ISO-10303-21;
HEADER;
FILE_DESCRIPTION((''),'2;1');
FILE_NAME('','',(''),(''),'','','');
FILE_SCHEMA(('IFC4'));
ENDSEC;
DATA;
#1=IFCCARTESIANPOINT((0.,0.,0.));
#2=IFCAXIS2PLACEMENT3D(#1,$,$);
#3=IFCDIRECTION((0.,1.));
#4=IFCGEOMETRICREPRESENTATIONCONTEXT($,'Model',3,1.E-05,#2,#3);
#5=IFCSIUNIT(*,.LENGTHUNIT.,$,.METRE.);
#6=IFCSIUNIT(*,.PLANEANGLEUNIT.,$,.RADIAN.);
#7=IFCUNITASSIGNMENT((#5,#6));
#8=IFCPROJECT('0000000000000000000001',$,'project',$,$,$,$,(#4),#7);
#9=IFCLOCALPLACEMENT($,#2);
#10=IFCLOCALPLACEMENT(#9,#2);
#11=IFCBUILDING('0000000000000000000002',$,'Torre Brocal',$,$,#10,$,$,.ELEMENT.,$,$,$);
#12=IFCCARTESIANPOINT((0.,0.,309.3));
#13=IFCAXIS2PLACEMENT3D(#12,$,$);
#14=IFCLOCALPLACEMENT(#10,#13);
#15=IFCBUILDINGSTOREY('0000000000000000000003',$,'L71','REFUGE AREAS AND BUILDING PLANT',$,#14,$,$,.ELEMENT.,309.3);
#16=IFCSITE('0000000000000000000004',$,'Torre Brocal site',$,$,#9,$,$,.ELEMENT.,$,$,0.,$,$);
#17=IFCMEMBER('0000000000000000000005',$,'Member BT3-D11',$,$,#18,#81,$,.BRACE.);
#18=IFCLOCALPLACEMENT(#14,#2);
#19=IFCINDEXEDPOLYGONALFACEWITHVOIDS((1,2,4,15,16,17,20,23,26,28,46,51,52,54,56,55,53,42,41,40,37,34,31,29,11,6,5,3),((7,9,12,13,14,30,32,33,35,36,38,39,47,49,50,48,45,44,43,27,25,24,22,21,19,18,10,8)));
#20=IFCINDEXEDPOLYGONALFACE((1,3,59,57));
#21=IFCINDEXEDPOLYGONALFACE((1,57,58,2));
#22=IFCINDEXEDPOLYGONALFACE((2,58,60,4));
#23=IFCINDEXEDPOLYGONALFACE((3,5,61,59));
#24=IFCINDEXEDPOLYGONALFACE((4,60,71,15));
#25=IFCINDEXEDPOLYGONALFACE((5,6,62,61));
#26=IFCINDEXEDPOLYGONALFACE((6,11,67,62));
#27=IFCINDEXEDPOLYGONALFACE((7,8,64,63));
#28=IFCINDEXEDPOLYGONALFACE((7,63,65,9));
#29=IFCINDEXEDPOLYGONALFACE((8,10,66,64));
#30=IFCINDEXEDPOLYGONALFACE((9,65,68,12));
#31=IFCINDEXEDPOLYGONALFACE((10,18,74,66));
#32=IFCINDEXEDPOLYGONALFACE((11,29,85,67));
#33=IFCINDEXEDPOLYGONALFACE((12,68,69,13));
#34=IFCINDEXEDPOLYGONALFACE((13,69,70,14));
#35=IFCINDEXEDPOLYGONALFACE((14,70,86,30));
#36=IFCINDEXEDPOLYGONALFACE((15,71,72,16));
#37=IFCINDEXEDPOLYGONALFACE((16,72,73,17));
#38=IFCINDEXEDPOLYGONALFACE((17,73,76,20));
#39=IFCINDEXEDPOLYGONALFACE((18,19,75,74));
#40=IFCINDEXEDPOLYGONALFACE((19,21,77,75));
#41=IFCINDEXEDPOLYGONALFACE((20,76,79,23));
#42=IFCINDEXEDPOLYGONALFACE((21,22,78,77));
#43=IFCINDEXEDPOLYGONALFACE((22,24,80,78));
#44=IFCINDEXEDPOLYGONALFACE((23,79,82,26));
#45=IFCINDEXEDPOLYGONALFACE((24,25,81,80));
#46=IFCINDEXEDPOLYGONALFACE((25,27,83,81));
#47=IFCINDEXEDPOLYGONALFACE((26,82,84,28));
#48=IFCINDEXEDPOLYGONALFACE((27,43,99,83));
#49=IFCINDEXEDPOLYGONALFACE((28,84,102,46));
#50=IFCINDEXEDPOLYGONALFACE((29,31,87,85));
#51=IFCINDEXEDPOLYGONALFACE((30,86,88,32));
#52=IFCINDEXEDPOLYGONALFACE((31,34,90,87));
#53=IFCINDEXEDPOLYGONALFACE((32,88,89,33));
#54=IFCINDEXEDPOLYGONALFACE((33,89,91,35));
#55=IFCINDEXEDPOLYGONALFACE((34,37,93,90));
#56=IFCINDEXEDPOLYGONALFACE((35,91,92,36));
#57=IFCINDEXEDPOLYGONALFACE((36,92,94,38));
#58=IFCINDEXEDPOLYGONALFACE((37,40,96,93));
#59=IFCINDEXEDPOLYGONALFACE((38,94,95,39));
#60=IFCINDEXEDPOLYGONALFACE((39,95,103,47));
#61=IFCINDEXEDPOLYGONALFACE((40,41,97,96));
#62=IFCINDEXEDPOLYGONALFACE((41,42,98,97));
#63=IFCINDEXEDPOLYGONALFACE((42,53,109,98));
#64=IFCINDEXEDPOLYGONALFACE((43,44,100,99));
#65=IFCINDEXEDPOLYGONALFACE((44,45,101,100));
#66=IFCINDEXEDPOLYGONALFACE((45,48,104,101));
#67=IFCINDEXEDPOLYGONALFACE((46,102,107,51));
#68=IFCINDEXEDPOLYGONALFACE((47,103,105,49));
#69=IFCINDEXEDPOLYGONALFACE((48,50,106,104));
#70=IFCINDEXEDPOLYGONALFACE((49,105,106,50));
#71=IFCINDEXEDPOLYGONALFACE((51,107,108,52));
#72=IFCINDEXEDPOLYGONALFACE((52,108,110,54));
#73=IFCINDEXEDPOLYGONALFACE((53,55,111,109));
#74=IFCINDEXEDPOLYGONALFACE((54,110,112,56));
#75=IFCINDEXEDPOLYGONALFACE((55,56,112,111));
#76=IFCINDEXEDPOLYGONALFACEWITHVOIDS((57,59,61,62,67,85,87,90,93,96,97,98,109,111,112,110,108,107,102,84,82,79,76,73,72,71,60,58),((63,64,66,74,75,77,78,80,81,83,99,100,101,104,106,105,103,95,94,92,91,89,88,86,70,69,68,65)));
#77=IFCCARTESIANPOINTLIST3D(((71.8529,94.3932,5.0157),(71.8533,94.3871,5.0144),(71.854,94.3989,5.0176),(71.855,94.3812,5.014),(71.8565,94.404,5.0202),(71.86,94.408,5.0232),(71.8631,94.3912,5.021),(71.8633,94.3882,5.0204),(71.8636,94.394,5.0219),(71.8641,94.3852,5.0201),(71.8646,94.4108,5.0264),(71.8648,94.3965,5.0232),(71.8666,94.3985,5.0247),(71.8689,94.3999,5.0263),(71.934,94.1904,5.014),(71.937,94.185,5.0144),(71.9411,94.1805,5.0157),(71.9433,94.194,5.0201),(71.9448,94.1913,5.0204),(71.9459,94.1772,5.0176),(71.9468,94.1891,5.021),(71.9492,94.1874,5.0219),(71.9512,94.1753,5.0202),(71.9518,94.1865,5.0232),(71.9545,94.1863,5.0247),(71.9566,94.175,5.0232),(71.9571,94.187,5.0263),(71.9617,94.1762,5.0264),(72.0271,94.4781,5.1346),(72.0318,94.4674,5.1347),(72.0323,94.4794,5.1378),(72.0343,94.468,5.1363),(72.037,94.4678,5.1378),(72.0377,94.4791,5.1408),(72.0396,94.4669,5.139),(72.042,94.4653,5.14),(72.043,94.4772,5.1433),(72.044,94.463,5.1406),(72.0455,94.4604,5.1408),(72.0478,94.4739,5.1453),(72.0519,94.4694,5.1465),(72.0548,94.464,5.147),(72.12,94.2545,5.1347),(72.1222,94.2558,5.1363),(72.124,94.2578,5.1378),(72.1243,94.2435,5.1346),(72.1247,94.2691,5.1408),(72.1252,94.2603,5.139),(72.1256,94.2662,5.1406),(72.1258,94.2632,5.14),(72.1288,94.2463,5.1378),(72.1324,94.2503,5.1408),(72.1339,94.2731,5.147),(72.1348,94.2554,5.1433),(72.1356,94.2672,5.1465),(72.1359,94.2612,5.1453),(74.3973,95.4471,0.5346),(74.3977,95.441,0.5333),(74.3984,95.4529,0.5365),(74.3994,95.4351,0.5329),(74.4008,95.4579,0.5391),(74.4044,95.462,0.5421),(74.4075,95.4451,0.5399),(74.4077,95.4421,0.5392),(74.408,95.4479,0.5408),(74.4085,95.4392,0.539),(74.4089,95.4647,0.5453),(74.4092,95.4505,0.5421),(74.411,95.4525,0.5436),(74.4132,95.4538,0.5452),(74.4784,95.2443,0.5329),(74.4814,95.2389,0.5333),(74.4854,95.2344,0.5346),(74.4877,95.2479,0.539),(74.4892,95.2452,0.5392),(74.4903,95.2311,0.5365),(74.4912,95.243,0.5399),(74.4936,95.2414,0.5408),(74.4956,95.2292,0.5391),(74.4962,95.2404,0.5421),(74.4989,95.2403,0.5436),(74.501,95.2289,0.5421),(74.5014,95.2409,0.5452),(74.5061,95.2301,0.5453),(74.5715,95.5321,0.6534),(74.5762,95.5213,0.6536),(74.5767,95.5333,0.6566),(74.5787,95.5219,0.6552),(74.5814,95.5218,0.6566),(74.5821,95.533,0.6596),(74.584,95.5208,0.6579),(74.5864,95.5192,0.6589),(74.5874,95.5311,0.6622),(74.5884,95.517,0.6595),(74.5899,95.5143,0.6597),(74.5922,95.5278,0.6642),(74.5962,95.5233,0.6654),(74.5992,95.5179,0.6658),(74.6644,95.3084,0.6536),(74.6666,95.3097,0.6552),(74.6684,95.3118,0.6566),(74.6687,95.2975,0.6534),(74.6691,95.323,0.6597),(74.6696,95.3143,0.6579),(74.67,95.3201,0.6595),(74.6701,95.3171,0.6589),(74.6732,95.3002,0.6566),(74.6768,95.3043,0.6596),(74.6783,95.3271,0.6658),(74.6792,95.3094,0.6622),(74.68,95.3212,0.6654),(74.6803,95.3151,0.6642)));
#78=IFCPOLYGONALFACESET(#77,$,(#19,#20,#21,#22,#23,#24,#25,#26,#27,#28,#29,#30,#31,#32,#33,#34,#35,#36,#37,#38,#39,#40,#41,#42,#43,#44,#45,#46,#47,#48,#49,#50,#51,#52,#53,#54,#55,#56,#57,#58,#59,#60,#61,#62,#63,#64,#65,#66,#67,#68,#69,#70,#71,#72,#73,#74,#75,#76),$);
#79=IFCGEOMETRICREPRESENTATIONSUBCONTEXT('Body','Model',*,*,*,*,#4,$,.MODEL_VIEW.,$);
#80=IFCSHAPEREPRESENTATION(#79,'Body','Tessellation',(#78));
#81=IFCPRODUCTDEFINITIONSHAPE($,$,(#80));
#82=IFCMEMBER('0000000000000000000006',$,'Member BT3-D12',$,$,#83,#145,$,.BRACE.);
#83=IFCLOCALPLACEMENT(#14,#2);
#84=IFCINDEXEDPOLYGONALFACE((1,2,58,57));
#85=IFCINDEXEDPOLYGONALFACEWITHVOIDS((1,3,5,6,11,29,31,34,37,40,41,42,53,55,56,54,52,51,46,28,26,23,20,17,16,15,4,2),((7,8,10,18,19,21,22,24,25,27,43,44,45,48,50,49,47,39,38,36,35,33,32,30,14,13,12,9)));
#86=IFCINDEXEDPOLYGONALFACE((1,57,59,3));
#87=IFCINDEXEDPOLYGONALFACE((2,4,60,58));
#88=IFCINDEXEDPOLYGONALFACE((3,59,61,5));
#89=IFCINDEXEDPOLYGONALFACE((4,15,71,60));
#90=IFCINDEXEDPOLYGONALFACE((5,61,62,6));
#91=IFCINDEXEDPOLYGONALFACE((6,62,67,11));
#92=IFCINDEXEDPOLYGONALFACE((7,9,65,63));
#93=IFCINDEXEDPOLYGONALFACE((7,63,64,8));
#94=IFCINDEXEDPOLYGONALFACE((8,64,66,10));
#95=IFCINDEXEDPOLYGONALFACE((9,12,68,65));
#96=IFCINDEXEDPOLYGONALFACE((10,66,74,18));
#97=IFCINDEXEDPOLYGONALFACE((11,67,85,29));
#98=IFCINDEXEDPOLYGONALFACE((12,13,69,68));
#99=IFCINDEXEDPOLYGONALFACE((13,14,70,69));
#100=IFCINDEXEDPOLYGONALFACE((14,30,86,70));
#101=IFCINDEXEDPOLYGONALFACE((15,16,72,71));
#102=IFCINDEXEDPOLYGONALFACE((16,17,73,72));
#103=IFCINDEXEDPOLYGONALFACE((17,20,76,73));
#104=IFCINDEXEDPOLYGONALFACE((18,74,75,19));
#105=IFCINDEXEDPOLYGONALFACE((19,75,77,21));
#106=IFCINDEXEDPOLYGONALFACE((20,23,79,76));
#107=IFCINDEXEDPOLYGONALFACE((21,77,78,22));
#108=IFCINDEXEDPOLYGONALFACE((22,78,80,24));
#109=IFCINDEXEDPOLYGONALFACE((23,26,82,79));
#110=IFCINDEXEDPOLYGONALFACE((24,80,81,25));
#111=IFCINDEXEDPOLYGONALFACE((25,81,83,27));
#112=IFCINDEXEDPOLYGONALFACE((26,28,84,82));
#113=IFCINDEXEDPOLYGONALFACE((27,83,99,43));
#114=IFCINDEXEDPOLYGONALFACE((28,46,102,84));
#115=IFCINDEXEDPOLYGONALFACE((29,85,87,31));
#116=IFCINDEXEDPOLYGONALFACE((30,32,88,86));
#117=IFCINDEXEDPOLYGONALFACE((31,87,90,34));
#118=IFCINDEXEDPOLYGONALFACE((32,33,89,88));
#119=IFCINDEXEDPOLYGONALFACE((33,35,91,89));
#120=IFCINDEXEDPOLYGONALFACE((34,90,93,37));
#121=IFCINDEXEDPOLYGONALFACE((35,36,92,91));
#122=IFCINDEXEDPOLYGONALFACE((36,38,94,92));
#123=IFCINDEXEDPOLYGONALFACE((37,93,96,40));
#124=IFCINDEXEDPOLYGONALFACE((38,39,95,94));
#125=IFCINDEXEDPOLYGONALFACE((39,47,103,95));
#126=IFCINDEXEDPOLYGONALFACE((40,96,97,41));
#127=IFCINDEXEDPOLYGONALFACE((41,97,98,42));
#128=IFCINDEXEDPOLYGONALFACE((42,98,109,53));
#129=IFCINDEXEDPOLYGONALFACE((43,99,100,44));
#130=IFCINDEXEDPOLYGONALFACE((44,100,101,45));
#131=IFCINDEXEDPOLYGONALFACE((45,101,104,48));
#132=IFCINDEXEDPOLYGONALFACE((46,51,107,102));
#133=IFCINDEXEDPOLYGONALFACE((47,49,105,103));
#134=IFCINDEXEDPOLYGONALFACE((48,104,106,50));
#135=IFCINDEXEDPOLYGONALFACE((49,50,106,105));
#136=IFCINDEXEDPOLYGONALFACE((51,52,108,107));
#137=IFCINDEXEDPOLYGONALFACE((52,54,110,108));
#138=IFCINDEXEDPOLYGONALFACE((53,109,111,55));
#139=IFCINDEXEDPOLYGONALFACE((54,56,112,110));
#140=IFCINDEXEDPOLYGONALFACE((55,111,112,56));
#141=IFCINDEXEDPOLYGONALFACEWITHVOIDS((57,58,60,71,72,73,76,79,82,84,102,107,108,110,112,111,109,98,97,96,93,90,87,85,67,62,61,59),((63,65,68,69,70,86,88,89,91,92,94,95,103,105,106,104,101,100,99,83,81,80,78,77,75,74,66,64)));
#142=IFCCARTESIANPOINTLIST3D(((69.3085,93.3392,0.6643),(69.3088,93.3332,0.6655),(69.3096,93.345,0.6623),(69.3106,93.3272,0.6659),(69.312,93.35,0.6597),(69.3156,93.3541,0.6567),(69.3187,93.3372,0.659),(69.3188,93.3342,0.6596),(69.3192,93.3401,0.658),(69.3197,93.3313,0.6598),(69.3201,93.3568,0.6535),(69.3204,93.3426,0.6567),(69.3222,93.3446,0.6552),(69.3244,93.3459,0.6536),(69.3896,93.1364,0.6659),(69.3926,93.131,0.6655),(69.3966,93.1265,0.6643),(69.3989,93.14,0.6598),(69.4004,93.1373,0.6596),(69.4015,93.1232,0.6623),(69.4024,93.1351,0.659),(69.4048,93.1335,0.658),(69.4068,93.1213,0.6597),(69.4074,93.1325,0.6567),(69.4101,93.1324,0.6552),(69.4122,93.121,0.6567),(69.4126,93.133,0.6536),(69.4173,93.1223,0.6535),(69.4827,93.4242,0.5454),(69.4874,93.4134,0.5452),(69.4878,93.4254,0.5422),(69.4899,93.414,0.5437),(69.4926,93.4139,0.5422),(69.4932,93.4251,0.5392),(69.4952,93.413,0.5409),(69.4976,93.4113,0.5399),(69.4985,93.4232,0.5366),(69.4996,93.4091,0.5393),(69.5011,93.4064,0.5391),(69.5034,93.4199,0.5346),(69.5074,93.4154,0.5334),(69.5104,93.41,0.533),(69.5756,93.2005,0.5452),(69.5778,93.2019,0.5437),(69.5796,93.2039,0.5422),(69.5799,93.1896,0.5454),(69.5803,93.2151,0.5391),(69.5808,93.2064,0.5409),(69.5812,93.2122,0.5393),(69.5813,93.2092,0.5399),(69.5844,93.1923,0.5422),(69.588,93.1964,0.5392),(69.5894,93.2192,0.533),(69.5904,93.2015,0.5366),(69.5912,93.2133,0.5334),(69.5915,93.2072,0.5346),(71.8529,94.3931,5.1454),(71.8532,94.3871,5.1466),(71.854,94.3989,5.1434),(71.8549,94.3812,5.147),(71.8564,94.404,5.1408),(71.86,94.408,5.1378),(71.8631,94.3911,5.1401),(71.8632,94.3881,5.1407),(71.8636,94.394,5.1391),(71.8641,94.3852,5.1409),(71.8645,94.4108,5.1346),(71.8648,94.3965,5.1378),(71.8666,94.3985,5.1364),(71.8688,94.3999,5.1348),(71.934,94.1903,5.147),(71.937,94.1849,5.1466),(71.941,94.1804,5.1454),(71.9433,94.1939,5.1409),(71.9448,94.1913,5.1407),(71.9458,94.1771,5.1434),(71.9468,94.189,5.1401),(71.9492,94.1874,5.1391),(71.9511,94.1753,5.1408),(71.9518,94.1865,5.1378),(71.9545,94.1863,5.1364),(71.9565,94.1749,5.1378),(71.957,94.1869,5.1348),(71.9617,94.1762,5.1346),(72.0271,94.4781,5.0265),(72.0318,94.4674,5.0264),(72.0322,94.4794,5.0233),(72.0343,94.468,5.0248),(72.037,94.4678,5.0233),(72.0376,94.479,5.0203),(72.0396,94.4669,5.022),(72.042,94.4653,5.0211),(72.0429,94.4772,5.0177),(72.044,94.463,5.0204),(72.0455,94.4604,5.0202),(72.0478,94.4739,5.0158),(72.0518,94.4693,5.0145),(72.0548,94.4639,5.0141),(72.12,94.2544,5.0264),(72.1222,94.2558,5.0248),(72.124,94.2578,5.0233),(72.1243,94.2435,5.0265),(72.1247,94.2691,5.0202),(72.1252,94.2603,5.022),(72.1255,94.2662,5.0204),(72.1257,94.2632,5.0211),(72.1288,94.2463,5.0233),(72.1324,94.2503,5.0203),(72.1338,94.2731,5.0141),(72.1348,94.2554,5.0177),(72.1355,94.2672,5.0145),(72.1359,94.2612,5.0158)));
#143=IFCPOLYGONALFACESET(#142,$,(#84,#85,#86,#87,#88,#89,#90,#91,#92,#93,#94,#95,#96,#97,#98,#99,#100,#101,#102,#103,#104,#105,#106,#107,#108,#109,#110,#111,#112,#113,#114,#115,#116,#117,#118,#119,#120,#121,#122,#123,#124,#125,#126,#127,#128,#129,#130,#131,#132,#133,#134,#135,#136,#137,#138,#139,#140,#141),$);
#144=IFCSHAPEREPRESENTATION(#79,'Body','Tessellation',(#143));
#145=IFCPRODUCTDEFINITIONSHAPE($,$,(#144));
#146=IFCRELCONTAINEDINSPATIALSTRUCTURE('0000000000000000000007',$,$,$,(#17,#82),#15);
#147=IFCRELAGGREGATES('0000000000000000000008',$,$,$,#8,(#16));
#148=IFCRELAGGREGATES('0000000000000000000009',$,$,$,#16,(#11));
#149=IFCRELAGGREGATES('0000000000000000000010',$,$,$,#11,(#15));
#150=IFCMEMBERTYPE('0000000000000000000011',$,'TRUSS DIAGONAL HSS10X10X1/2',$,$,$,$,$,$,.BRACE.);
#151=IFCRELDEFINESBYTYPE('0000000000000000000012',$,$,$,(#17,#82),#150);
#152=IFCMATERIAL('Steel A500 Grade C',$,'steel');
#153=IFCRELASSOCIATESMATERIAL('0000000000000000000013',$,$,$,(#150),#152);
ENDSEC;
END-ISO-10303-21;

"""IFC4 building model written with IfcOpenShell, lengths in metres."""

from ifc_helpers import new_model, si_unit, direction, frame, origin, origin_2d, place, context, subcontext, project, spatial, hollow_rectangle, extrude, material, material_profile, profile_set, type_object, element, save


model = new_model("IFC4")

# Units and contexts
model_context = context("Model", 3, precision=1e-05, world=origin(), true_north=direction((0.0, 1.0)))
body_context = subcontext(model_context, "Body", "Model", "MODEL_VIEW")
ifc_project = project(units=[si_unit("LENGTHUNIT", "METRE"), si_unit("PLANEANGLEUNIT", "RADIAN")], contexts=[model_context])

# Site, building, storey
site_placement = place(None, origin())
site = spatial("IfcSite", under=ifc_project, at=site_placement, Name="Torre Brocal site", CompositionType="ELEMENT", RefElevation=0.0)
building_placement = place(site_placement, origin())
building = spatial("IfcBuilding", under=site, at=building_placement, Name="Torre Brocal", CompositionType="ELEMENT")
storey_placement = place(building_placement, frame((0.0, 0.0, 309.3)))
storey = spatial("IfcBuildingStorey", under=building, at=storey_placement, Name="L71", Description="REFUGE AREAS AND BUILDING PLANT", CompositionType="ELEMENT", Elevation=309.3)

# Members
ifc_material_1 = material(Name="Steel A500 Grade C", Category="steel")
ifc_material_profile_1 = material_profile(ifc_material_1, hollow_rectangle(XDim=0.2539, YDim=0.2539, WallThickness=0.0117, InnerFilletRadius=0.0117, OuterFilletRadius=0.0237, at=origin_2d()), Name="HSS10X10X1/2")
ifc_profile_set_1 = profile_set([ifc_material_profile_1], Name="Steel A500 Grade C")
member_type_1 = type_object("IfcMemberType", Name="TRUSS DIAGONAL HSS10X10X1/2", PredefinedType="BRACE", material=ifc_profile_set_1)
for number, where, z_axis, x_axis, name in (
    (1, (74.5388, 95.3811, 0.5994), (-0.483745, -0.200377, 0.851962), (0.382688, -0.923877, 0.0), "Member BT3-D11"),
    (2, (71.9944, 94.3271, 5.0806), (-0.483745, -0.200377, -0.851962), (0.382688, -0.923877, 0.0), "Member BT3-D12"),
):
    element("IfcMember", number, at=place(storey_placement, frame(where, z_axis=z_axis, x_axis=x_axis)), inside=storey, type_object=member_type_1, Name=name, PredefinedType="BRACE", context=body_context, shape_type="SweptSolid", body=[
        extrude(hollow_rectangle(XDim=0.2539, YDim=0.2539, WallThickness=0.0117, InnerFilletRadius=0.0117, OuterFilletRadius=0.0237, at=origin_2d()), origin(), (0.0, 0.0, 1.0), 5.2598),
    ])

save(model, "model.ifc")
